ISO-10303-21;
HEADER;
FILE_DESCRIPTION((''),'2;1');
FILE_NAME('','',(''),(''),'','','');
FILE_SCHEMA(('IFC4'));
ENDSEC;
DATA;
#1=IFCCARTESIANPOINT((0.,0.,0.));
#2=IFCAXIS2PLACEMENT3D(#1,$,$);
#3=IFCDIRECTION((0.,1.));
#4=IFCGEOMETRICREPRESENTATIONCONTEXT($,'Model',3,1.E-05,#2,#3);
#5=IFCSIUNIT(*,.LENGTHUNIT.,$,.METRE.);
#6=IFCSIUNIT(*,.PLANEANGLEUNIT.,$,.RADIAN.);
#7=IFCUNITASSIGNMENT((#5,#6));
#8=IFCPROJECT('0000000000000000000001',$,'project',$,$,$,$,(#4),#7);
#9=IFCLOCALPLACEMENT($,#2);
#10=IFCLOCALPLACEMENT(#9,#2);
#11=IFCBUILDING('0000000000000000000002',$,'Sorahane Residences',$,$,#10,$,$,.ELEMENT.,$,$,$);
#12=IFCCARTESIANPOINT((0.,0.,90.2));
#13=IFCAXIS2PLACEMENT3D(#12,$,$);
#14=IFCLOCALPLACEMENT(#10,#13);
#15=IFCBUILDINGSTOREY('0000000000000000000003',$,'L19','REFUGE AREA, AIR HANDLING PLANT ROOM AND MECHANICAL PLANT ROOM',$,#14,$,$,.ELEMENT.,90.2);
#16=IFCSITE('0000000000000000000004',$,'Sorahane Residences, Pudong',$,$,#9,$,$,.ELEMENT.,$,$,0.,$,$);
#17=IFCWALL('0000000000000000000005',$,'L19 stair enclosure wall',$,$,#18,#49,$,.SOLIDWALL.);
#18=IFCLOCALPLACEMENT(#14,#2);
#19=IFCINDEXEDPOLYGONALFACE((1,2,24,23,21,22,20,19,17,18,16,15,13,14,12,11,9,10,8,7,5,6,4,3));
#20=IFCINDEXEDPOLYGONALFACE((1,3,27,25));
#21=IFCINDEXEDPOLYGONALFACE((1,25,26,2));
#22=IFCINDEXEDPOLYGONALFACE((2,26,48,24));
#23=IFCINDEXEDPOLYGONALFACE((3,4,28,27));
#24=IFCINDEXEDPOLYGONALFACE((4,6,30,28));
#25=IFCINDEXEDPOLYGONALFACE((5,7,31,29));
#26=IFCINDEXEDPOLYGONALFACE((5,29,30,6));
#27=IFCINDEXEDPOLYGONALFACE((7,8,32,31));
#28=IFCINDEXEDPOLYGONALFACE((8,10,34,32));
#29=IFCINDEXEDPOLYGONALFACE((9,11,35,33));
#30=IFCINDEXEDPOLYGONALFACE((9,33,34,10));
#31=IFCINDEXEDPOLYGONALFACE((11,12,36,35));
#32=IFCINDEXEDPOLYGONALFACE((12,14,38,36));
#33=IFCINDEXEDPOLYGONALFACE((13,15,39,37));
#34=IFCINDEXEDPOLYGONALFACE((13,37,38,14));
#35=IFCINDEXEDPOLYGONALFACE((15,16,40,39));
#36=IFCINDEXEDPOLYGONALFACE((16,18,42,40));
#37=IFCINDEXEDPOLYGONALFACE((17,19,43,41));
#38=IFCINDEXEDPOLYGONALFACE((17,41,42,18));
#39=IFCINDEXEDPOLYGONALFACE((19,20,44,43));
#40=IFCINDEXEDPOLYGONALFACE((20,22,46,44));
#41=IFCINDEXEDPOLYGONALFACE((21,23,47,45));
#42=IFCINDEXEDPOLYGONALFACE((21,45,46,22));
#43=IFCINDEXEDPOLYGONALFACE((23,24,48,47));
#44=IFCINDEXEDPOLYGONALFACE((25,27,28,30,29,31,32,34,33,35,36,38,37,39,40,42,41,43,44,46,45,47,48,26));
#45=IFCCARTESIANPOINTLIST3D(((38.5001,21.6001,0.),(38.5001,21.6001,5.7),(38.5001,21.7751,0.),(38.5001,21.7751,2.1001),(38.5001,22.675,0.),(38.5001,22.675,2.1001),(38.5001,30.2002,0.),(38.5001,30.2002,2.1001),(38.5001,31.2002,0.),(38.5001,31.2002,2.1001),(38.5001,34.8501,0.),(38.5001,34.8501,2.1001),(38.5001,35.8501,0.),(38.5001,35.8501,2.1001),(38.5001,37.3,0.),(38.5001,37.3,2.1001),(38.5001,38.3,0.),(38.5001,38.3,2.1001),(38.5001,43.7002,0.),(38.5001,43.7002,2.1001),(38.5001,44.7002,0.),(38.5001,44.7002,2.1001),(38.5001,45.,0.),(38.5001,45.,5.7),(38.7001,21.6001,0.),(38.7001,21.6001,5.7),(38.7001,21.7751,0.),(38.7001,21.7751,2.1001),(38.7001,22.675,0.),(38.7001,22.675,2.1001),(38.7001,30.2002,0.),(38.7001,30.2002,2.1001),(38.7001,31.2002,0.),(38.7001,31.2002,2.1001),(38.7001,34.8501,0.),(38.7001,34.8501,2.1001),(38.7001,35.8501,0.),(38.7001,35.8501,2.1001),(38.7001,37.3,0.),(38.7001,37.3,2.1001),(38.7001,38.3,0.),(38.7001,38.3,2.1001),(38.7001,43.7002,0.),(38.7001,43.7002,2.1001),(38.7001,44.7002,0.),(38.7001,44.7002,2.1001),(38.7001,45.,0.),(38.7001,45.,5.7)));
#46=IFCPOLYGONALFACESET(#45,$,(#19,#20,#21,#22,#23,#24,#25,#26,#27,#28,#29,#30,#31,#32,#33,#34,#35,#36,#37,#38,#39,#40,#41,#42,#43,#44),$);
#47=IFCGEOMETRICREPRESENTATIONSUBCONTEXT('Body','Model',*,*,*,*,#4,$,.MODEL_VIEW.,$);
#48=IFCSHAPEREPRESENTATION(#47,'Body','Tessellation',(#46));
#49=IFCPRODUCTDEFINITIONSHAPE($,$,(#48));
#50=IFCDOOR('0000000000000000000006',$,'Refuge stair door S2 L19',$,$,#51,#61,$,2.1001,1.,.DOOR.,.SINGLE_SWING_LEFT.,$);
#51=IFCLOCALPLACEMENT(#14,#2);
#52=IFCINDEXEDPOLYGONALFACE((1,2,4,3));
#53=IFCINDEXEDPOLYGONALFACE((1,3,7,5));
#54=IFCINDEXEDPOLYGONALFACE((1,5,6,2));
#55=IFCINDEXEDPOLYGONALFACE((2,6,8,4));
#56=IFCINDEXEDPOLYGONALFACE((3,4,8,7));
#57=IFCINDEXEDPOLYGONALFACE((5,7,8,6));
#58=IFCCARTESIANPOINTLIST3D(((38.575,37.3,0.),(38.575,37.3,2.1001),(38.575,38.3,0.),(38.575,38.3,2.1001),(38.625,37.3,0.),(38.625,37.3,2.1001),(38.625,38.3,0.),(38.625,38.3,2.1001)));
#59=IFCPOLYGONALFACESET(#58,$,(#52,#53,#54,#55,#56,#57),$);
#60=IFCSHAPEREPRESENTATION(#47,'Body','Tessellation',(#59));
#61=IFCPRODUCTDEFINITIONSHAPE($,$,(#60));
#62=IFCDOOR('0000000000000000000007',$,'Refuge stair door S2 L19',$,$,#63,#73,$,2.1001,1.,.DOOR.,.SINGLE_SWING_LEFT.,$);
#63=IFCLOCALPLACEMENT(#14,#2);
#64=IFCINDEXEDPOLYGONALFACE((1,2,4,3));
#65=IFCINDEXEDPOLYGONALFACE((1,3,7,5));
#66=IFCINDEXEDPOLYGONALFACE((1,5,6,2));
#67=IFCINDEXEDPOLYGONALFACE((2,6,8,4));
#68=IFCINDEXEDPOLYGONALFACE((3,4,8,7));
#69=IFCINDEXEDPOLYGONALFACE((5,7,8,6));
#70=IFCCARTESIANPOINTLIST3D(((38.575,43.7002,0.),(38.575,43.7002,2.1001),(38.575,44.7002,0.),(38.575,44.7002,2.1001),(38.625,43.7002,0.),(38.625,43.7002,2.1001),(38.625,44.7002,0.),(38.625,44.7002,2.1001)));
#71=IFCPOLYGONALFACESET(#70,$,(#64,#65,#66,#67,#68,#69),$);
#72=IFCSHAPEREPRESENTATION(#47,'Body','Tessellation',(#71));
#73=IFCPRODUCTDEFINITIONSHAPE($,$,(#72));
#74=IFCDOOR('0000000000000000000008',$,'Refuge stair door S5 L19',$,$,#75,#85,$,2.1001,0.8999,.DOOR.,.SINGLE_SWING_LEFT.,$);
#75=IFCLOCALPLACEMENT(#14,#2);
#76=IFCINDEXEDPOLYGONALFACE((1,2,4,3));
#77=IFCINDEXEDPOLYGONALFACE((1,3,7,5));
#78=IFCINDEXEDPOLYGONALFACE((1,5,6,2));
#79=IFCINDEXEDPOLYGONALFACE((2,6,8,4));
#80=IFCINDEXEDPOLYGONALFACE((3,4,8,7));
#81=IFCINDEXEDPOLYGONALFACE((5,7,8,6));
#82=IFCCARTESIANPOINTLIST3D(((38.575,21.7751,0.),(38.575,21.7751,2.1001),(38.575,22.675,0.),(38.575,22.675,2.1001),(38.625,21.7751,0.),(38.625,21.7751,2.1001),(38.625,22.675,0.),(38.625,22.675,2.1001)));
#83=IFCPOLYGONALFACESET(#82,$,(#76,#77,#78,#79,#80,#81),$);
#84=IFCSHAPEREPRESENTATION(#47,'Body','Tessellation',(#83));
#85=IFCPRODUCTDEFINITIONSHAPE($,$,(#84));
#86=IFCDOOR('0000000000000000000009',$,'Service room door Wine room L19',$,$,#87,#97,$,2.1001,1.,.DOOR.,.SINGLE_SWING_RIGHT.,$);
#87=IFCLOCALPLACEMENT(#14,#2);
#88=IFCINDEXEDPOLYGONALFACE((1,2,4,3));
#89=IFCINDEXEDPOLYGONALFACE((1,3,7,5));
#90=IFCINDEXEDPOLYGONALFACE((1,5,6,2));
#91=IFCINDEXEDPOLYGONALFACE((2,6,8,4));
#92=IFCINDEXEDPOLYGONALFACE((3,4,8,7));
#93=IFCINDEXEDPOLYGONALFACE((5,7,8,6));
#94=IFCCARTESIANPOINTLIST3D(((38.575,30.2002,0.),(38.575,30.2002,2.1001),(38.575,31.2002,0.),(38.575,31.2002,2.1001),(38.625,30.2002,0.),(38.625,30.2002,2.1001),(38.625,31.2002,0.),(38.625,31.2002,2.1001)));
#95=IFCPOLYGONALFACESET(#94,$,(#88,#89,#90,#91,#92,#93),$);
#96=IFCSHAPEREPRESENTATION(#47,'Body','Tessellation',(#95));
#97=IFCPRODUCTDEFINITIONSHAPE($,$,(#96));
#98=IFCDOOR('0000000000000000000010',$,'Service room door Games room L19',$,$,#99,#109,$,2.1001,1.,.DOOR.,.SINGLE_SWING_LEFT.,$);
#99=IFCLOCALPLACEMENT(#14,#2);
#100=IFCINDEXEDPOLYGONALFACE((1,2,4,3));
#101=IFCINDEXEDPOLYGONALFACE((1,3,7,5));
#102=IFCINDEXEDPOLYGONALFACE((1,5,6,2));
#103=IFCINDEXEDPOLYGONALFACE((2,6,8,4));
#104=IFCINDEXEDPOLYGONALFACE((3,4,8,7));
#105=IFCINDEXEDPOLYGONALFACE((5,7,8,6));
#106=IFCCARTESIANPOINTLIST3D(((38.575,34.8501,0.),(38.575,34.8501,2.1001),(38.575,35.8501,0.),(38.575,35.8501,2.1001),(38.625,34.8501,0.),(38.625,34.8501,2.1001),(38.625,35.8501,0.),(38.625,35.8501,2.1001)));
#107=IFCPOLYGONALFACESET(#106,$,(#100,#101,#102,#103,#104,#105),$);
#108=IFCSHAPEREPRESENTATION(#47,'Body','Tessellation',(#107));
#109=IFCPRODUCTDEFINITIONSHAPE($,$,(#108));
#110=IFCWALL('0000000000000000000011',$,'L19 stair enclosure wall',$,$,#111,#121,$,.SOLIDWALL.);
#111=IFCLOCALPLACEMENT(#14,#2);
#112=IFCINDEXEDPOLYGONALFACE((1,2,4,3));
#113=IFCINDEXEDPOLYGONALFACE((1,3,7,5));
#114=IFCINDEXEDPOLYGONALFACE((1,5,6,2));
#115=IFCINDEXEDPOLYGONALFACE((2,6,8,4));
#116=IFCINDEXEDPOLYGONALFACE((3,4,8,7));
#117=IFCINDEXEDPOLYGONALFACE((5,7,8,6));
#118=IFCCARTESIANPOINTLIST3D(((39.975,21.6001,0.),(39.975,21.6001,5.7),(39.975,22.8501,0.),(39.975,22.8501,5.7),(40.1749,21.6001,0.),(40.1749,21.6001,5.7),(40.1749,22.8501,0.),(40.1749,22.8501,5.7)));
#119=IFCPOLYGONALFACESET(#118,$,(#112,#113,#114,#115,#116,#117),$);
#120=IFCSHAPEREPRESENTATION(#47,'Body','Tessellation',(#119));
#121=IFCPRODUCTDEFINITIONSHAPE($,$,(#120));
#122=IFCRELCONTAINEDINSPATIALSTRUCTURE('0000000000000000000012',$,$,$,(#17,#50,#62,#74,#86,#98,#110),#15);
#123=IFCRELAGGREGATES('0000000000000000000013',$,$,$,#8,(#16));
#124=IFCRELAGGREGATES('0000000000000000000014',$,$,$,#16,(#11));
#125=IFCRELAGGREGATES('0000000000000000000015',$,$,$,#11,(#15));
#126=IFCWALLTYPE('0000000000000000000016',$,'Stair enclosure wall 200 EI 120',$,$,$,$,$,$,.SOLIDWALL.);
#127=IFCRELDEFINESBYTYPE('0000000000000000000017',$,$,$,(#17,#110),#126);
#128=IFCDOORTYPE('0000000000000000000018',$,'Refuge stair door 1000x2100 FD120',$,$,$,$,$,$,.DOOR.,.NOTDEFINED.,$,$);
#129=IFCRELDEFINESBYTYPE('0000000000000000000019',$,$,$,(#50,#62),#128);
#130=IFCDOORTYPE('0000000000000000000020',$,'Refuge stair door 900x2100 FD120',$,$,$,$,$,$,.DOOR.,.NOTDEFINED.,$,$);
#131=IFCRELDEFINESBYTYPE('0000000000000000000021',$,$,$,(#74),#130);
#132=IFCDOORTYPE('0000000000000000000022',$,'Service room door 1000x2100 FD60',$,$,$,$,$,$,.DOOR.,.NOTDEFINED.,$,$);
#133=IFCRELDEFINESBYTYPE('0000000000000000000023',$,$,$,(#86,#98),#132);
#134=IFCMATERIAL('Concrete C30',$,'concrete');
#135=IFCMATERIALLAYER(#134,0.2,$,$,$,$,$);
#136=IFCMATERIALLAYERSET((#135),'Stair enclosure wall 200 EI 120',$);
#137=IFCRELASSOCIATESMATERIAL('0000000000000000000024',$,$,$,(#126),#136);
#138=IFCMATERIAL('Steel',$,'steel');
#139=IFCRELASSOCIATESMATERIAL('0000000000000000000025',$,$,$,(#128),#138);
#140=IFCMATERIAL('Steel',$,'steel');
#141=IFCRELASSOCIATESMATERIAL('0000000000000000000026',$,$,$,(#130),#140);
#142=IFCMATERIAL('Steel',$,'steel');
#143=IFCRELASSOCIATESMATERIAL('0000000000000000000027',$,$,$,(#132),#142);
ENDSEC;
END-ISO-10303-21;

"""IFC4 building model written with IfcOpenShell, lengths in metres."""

from ifc_helpers import new_model, si_unit, direction, frame, frame_2d, origin, place, context, subcontext, project, spatial, rectangle, extrude, material, layer, layer_set, type_object, element, fill, save


model = new_model("IFC4")

# Units and contexts
model_context = context("Model", 3, precision=1e-05, world=origin(), true_north=direction((0.0, 1.0)))
body_context = subcontext(model_context, "Body", "Model", "MODEL_VIEW")
ifc_project = project(units=[si_unit("LENGTHUNIT", "METRE"), si_unit("PLANEANGLEUNIT", "RADIAN")], contexts=[model_context])

# Site, building, storey
site_placement = place(None, origin())
site = spatial("IfcSite", under=ifc_project, at=site_placement, Name="Sorahane Residences, Pudong", CompositionType="ELEMENT", RefElevation=0.0)
building_placement = place(site_placement, origin())
building = spatial("IfcBuilding", under=site, at=building_placement, Name="Sorahane Residences", CompositionType="ELEMENT")
storey_placement = place(building_placement, frame((0.0, 0.0, 90.2)))
storey = spatial("IfcBuildingStorey", under=building, at=storey_placement, Name="L19", Description="REFUGE AREA, AIR HANDLING PLANT ROOM AND MECHANICAL PLANT ROOM", CompositionType="ELEMENT", Elevation=90.2)

# Wall, openings, doors
ifc_material_1 = material(Name="Concrete C30", Category="concrete")
ifc_layer_1 = layer(ifc_material_1, 0.2)
ifc_layer_set_1 = layer_set([ifc_layer_1], Name="Stair enclosure wall 200 EI 120")
wall_type_1 = type_object("IfcWallType", Name="Stair enclosure wall 200 EI 120", PredefinedType="SOLIDWALL", material=ifc_layer_set_1)
wall_1_placement = place(storey_placement, frame((38.6001, 21.6001, 0.0), z_axis=(0.0, 0.0, 1.0), x_axis=(0.0, 1.0, 0.0)))
wall_1 = element("IfcWall", 1, at=wall_1_placement, inside=storey, type_object=wall_type_1, Name="L19 stair enclosure wall", PredefinedType="SOLIDWALL", context=body_context, shape_type="SweptSolid", body=[
    extrude(rectangle(XDim=23.3999, YDim=0.2, at=frame_2d((11.7, 0.0))), origin(), (0.0, 0.0, 1.0), 5.7),
])
opening_1_placement = place(wall_1_placement, frame((8.6001, 0.0, 0.0)))
opening_1 = element("IfcOpeningElement", 2, at=opening_1_placement, cuts=wall_1, PredefinedType="OPENING", context=body_context, shape_type="SweptSolid", body=[
    extrude(rectangle(XDim=1.0, YDim=2.1001, at=frame_2d((0.5, 1.05))), frame((0.0, 0.1099, 0.0), z_axis=(0.0, -1.0, 0.0), x_axis=(1.0, 0.0, 0.0)), (0.0, 0.0, 1.0), 0.22),
])
opening_2_placement = place(wall_1_placement, frame((13.25, 0.0, 0.0)))
opening_2 = element("IfcOpeningElement", 3, at=opening_2_placement, cuts=wall_1, PredefinedType="OPENING", context=body_context, shape_type="SweptSolid", body=[
    extrude(rectangle(XDim=1.0, YDim=2.1001, at=frame_2d((0.5, 1.05))), frame((0.0, 0.1099, 0.0), z_axis=(0.0, -1.0, 0.0), x_axis=(1.0, 0.0, 0.0)), (0.0, 0.0, 1.0), 0.22),
])
opening_3_placement = place(wall_1_placement, frame((15.7, 0.0, 0.0)))
opening_3 = element("IfcOpeningElement", 4, at=opening_3_placement, cuts=wall_1, PredefinedType="OPENING", context=body_context, shape_type="SweptSolid", body=[
    extrude(rectangle(XDim=1.0, YDim=2.1001, at=frame_2d((0.5, 1.05))), frame((0.0, 0.1099, 0.0), z_axis=(0.0, -1.0, 0.0), x_axis=(1.0, 0.0, 0.0)), (0.0, 0.0, 1.0), 0.22),
])
opening_4_placement = place(wall_1_placement, frame((22.1001, 0.0, 0.0)))
opening_4 = element("IfcOpeningElement", 5, at=opening_4_placement, cuts=wall_1, PredefinedType="OPENING", context=body_context, shape_type="SweptSolid", body=[
    extrude(rectangle(XDim=1.0, YDim=2.1001, at=frame_2d((0.5, 1.05))), frame((0.0, 0.1099, 0.0), z_axis=(0.0, -1.0, 0.0), x_axis=(1.0, 0.0, 0.0)), (0.0, 0.0, 1.0), 0.22),
])
opening_5_placement = place(wall_1_placement, frame((0.175, 0.0, 0.0)))
opening_5 = element("IfcOpeningElement", 6, at=opening_5_placement, cuts=wall_1, PredefinedType="OPENING", context=body_context, shape_type="SweptSolid", body=[
    extrude(rectangle(XDim=0.8999, YDim=2.1001, at=frame_2d((0.45, 1.05))), frame((0.0, 0.1099, 0.0), z_axis=(0.0, -1.0, 0.0), x_axis=(1.0, 0.0, 0.0)), (0.0, 0.0, 1.0), 0.22),
])
ifc_material_2 = material(Name="Steel", Category="steel")
door_type_1 = type_object("IfcDoorType", Name="Refuge stair door 1000x2100 FD120", OperationType="NOTDEFINED", PredefinedType="DOOR", material=ifc_material_2)
door_1_placement = place(opening_3_placement, frame((1.0, 0.0, 0.0), z_axis=(0.0, 0.0, 1.0), x_axis=(-1.0, 0.0, 0.0)))
door_1 = element("IfcDoor", 7, at=door_1_placement, inside=storey, type_object=door_type_1, Name="Refuge stair door S2 L19", OperationType="SINGLE_SWING_LEFT", OverallHeight=2.1001, OverallWidth=1.0, PredefinedType="DOOR", context=body_context, shape_type="SweptSolid", body=[
    extrude(rectangle(XDim=1.0, YDim=2.1001, at=frame_2d((0.5, 1.05))), frame((0.0, 0.0249, 0.0), z_axis=(0.0, -1.0, 0.0), x_axis=(1.0, 0.0, 0.0)), (0.0, 0.0, 1.0), 0.05),
])
fill(opening_3, door_1)
door_2_placement = place(opening_4_placement, frame((1.0, 0.0, 0.0), z_axis=(0.0, 0.0, 1.0), x_axis=(-1.0, 0.0, 0.0)))
door_2 = element("IfcDoor", 8, at=door_2_placement, inside=storey, type_object=door_type_1, Name="Refuge stair door S2 L19", OperationType="SINGLE_SWING_LEFT", OverallHeight=2.1001, OverallWidth=1.0, PredefinedType="DOOR", context=body_context, shape_type="SweptSolid", body=[
    extrude(rectangle(XDim=1.0, YDim=2.1001, at=frame_2d((0.5, 1.05))), frame((0.0, 0.0249, 0.0), z_axis=(0.0, -1.0, 0.0), x_axis=(1.0, 0.0, 0.0)), (0.0, 0.0, 1.0), 0.05),
])
fill(opening_4, door_2)
ifc_material_3 = material(Name="Steel", Category="steel")
door_type_2 = type_object("IfcDoorType", Name="Refuge stair door 900x2100 FD120", OperationType="NOTDEFINED", PredefinedType="DOOR", material=ifc_material_3)
door_3_placement = place(opening_5_placement, frame((0.8999, 0.0, 0.0), z_axis=(0.0, 0.0, 1.0), x_axis=(-1.0, 0.0, 0.0)))
door_3 = element("IfcDoor", 9, at=door_3_placement, inside=storey, type_object=door_type_2, Name="Refuge stair door S5 L19", OperationType="SINGLE_SWING_LEFT", OverallHeight=2.1001, OverallWidth=0.8999, PredefinedType="DOOR", context=body_context, shape_type="SweptSolid", body=[
    extrude(rectangle(XDim=0.8999, YDim=2.1001, at=frame_2d((0.45, 1.05))), frame((0.0, 0.0249, 0.0), z_axis=(0.0, -1.0, 0.0), x_axis=(1.0, 0.0, 0.0)), (0.0, 0.0, 1.0), 0.05),
])
fill(opening_5, door_3)
ifc_material_4 = material(Name="Steel", Category="steel")
door_type_3 = type_object("IfcDoorType", Name="Service room door 1000x2100 FD60", OperationType="NOTDEFINED", PredefinedType="DOOR", material=ifc_material_4)
door_4_placement = place(opening_1_placement, frame((1.0, 0.0, 0.0), z_axis=(0.0, 0.0, 1.0), x_axis=(-1.0, 0.0, 0.0)))
door_4 = element("IfcDoor", 10, at=door_4_placement, inside=storey, type_object=door_type_3, Name="Service room door Wine room L19", OperationType="SINGLE_SWING_RIGHT", OverallHeight=2.1001, OverallWidth=1.0, PredefinedType="DOOR", context=body_context, shape_type="SweptSolid", body=[
    extrude(rectangle(XDim=1.0, YDim=2.1001, at=frame_2d((0.5, 1.05))), frame((0.0, 0.0249, 0.0), z_axis=(0.0, -1.0, 0.0), x_axis=(1.0, 0.0, 0.0)), (0.0, 0.0, 1.0), 0.05),
])
fill(opening_1, door_4)
door_5_placement = place(opening_2_placement, frame((1.0, 0.0, 0.0), z_axis=(0.0, 0.0, 1.0), x_axis=(-1.0, 0.0, 0.0)))
door_5 = element("IfcDoor", 11, at=door_5_placement, inside=storey, type_object=door_type_3, Name="Service room door Games room L19", OperationType="SINGLE_SWING_LEFT", OverallHeight=2.1001, OverallWidth=1.0, PredefinedType="DOOR", context=body_context, shape_type="SweptSolid", body=[
    extrude(rectangle(XDim=1.0, YDim=2.1001, at=frame_2d((0.5, 1.05))), frame((0.0, 0.0249, 0.0), z_axis=(0.0, -1.0, 0.0), x_axis=(1.0, 0.0, 0.0)), (0.0, 0.0, 1.0), 0.05),
])
fill(opening_2, door_5)

# Wall
wall_2_placement = place(storey_placement, frame((40.075, 21.6001, 0.0), z_axis=(0.0, 0.0, 1.0), x_axis=(0.0, 1.0, 0.0)))
element("IfcWall", 12, at=wall_2_placement, inside=storey, type_object=wall_type_1, Name="L19 stair enclosure wall", PredefinedType="SOLIDWALL", context=body_context, shape_type="SweptSolid", body=[
    extrude(rectangle(XDim=1.25, YDim=0.2, at=frame_2d((0.625, 0.0))), origin(), (0.0, 0.0, 1.0), 5.7),
])

save(model, "model.ifc")
